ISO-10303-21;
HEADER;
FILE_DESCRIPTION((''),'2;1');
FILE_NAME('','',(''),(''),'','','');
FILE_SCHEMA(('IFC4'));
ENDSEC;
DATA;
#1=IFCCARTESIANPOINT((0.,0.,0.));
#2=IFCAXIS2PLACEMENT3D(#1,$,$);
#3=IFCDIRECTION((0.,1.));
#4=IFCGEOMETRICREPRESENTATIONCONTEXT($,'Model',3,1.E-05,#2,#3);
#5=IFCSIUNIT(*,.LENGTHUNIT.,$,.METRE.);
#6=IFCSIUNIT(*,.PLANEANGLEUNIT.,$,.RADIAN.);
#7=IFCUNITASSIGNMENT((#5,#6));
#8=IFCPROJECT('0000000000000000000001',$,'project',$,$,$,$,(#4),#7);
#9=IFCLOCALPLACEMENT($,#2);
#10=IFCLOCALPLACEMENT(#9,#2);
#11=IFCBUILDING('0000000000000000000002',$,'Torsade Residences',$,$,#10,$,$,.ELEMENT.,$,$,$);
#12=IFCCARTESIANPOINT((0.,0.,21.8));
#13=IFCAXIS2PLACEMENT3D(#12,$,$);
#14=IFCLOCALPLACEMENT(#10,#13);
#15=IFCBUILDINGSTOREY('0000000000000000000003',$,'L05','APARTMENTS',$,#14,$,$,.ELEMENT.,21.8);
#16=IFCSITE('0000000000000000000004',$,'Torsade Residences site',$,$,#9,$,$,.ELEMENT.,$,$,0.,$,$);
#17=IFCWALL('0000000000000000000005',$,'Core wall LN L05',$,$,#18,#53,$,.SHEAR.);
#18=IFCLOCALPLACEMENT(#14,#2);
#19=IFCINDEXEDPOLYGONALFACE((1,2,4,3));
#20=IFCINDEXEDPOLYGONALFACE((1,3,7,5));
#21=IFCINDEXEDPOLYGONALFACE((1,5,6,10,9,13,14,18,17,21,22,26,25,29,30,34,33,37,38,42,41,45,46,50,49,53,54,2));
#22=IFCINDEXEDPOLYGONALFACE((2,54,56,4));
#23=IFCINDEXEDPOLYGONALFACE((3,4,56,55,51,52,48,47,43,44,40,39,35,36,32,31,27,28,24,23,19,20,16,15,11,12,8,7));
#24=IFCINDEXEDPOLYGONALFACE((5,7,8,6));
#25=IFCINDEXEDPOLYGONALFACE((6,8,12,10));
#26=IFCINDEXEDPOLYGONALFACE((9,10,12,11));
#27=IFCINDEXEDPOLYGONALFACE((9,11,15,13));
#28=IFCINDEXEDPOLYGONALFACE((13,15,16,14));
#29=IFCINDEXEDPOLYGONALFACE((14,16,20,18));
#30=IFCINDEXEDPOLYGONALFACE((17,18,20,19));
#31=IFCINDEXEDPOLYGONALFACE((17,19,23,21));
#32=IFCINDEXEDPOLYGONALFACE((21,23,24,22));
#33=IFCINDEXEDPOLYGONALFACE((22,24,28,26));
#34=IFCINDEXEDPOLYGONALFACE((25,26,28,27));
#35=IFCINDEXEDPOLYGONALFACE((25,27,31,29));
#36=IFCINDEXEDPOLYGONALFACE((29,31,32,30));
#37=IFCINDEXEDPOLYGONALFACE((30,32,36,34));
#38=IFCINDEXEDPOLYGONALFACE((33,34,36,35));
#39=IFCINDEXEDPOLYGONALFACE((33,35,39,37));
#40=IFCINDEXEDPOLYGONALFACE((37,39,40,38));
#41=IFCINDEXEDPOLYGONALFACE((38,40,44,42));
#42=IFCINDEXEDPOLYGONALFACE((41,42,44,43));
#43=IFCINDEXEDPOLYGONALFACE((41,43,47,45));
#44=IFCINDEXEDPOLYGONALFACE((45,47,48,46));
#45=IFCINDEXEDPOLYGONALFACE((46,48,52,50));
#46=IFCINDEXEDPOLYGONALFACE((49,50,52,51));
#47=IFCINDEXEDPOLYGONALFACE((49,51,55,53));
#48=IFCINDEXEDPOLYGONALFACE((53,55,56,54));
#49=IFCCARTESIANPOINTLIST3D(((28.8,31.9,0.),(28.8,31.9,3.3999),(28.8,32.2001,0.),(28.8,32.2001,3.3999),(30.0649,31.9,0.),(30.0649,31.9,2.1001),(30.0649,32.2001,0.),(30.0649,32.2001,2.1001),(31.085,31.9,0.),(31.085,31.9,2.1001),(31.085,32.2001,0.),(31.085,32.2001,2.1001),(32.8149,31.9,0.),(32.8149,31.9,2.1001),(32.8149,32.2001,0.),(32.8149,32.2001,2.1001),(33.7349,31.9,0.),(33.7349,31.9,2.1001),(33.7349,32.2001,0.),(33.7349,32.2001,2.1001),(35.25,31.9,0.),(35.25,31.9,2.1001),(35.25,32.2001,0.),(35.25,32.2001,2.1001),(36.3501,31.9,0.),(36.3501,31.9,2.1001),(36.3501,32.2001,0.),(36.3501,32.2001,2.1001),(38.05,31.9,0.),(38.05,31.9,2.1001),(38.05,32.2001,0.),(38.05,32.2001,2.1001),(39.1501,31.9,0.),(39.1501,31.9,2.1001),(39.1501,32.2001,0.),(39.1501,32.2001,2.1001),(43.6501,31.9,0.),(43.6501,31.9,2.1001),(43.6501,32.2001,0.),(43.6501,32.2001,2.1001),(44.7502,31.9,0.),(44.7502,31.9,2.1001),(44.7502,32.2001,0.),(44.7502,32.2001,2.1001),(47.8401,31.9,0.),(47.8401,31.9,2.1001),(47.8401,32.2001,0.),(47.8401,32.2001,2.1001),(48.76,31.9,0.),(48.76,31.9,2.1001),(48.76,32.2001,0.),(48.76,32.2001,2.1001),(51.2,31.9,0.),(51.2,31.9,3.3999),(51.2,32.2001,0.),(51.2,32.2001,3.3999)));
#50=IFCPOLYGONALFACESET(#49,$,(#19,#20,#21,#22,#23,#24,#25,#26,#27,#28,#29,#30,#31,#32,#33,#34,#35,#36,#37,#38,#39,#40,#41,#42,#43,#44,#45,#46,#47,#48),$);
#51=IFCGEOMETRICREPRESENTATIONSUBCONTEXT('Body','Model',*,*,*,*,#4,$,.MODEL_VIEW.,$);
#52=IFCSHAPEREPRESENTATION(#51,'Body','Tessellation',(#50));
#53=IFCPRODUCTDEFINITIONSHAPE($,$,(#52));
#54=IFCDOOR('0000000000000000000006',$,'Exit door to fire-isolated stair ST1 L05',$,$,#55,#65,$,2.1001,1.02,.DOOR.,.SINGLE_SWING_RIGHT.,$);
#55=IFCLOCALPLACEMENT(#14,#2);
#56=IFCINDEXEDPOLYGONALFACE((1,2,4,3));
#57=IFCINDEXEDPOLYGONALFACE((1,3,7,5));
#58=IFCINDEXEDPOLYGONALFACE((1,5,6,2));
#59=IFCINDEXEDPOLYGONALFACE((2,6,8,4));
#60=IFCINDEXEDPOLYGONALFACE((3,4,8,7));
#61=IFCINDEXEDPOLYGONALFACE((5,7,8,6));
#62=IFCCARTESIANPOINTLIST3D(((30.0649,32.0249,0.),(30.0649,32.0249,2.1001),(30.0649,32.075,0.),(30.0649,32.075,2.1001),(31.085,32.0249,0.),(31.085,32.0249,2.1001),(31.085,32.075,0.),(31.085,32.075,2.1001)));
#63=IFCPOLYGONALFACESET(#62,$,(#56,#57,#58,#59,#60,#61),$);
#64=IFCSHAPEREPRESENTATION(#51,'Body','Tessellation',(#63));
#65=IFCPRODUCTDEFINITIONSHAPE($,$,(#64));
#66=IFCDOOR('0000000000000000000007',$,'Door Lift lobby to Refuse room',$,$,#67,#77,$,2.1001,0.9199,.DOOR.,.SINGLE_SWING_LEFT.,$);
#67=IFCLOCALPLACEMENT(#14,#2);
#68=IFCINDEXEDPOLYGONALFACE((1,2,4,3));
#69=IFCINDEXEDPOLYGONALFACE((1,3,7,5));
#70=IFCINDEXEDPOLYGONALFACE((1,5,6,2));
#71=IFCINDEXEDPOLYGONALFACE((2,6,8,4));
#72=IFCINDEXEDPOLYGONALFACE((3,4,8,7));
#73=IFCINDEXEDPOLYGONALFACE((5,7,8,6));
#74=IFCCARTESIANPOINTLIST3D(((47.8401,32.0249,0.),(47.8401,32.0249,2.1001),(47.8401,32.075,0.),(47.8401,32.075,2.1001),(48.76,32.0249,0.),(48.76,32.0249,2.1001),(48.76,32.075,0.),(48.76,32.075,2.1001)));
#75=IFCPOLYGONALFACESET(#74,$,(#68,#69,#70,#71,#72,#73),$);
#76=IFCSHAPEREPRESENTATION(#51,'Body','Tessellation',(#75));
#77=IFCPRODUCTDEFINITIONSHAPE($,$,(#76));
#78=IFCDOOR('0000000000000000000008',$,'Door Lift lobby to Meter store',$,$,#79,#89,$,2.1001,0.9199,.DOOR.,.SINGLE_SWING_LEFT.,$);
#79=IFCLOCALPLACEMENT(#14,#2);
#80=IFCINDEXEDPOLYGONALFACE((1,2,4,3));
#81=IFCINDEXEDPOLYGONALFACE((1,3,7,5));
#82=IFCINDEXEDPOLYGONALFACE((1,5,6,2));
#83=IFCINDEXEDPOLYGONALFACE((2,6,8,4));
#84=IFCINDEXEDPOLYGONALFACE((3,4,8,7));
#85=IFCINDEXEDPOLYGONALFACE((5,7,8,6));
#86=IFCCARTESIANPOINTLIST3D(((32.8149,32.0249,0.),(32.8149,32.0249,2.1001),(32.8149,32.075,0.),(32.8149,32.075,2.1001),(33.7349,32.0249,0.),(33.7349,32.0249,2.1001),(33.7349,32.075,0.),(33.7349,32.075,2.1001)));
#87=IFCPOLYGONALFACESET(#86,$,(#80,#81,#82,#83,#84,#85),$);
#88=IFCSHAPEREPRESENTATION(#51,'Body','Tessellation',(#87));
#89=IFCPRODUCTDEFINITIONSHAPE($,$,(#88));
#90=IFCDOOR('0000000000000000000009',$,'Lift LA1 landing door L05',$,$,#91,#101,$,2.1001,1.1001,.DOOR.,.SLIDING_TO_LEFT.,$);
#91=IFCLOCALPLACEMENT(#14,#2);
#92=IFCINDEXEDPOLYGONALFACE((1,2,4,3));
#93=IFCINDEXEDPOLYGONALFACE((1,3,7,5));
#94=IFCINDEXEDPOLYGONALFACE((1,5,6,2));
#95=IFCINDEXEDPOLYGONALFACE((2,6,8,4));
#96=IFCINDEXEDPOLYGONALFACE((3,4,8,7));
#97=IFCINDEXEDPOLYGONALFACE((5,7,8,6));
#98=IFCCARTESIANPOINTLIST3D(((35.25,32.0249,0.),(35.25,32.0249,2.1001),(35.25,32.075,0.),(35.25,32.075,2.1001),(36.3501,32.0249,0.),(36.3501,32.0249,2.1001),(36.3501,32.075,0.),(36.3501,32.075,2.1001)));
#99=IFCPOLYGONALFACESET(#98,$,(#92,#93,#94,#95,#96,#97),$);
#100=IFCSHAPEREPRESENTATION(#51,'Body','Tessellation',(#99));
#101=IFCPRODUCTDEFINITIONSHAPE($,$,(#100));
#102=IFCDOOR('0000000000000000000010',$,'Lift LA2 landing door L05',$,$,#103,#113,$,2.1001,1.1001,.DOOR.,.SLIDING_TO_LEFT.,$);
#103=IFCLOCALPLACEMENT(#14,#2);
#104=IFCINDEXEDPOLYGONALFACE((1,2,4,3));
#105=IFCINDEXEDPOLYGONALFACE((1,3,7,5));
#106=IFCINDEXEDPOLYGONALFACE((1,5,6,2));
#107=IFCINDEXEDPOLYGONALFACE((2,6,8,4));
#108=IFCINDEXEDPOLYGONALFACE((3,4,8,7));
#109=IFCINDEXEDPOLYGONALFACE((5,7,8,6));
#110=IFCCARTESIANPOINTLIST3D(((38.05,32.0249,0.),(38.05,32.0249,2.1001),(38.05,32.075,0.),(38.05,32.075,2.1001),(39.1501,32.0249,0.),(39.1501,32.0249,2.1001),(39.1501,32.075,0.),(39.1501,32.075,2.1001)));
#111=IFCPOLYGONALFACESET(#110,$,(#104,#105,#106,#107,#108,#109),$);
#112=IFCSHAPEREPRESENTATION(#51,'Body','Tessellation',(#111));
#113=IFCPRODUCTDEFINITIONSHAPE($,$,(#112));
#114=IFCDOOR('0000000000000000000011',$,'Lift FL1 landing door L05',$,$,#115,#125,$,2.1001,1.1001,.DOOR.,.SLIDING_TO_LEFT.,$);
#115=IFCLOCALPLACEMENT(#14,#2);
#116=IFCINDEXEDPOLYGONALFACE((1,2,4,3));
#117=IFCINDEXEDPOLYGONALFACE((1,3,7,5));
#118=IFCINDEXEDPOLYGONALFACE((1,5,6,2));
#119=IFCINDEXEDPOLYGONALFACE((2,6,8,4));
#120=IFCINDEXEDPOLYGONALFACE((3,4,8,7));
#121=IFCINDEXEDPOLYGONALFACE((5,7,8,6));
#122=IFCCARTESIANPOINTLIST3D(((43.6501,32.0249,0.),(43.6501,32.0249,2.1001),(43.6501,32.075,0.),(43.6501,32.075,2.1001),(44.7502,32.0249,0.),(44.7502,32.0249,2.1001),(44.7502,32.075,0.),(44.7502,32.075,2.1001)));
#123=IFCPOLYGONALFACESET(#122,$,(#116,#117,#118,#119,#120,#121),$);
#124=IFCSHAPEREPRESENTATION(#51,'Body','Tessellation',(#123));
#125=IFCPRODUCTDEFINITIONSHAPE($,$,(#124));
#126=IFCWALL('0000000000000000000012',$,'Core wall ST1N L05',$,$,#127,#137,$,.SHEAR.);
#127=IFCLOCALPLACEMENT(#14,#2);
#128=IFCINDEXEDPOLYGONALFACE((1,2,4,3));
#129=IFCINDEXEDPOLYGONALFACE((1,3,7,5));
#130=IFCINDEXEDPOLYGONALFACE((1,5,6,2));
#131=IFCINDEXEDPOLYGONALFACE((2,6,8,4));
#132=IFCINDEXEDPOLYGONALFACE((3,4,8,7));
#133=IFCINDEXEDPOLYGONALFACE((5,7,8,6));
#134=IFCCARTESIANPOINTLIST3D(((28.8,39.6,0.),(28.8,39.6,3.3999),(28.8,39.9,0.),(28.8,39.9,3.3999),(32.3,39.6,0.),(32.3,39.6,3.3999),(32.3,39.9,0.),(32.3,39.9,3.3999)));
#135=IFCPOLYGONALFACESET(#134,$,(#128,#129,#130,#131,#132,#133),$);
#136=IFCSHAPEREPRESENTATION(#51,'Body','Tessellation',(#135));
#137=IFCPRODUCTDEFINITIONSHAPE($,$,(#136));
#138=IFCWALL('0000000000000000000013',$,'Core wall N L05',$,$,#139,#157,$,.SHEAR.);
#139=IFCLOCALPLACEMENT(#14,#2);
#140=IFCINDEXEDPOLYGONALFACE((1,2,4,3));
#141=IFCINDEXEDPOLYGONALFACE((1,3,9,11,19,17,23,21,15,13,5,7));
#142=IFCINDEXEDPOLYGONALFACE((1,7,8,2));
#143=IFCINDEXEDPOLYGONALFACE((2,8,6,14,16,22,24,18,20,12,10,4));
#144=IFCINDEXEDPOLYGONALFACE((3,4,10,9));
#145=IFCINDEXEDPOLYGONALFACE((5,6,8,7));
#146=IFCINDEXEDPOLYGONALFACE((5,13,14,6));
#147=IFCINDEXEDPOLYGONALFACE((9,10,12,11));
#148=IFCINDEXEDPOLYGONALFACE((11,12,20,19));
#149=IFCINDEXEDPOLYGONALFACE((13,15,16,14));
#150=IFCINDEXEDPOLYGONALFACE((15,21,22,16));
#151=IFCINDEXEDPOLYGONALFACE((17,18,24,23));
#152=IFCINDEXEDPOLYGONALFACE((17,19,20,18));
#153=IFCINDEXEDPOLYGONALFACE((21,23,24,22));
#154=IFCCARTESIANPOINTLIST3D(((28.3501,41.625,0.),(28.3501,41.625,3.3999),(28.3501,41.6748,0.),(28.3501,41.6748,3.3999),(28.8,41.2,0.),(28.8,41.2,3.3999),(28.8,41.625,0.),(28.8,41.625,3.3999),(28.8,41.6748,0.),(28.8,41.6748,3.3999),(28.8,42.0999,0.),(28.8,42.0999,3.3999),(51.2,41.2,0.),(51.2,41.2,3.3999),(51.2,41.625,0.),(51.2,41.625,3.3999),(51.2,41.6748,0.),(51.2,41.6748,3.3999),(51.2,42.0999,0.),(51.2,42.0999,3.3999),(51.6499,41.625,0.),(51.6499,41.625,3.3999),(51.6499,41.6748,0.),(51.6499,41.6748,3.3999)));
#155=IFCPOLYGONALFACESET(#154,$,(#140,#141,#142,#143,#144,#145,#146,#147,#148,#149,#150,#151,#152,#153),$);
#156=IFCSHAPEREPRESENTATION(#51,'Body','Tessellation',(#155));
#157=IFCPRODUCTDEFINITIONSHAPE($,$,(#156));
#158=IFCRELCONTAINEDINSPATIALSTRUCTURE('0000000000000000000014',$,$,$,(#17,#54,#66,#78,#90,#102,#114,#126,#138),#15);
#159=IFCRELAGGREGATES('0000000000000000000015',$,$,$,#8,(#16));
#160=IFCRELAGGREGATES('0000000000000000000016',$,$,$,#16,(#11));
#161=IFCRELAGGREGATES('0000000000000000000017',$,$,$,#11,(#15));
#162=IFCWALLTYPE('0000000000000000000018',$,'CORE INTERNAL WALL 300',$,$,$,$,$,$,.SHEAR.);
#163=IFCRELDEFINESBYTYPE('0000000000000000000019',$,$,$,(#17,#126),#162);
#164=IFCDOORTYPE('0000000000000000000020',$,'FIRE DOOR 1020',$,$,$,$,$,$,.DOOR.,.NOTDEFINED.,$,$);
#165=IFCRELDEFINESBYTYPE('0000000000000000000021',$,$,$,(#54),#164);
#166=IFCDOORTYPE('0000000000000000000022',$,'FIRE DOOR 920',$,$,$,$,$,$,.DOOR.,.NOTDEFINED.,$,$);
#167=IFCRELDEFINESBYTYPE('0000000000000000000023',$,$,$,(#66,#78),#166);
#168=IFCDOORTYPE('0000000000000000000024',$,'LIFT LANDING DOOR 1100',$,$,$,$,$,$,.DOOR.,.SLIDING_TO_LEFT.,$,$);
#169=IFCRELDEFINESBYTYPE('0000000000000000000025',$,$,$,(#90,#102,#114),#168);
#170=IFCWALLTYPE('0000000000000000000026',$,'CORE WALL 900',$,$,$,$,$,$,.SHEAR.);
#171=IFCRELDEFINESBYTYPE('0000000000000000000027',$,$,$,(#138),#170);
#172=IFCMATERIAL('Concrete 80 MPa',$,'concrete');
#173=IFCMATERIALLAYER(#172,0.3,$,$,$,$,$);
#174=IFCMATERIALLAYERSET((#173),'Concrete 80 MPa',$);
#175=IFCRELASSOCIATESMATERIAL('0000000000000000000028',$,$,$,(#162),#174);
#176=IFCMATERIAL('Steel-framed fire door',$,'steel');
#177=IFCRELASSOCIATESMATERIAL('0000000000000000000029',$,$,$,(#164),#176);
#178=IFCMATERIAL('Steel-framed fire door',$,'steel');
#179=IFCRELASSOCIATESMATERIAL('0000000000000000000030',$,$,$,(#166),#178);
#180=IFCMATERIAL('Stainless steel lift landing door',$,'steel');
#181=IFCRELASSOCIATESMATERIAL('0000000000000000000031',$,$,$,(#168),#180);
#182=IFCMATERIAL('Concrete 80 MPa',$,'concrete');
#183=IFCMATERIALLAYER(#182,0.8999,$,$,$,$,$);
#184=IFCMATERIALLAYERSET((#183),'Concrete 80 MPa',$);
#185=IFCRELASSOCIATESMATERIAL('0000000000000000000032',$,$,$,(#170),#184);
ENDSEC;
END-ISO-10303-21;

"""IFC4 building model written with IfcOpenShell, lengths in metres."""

from ifc_helpers import new_model, si_unit, direction, frame, frame_2d, origin, place, context, subcontext, project, spatial, polyline, rectangle, outline, extrude, material, layer, layer_set, type_object, element, fill, save


model = new_model("IFC4")

# Units and contexts
model_context = context("Model", 3, precision=1e-05, world=origin(), true_north=direction((0.0, 1.0)))
body_context = subcontext(model_context, "Body", "Model", "MODEL_VIEW")
ifc_project = project(units=[si_unit("LENGTHUNIT", "METRE"), si_unit("PLANEANGLEUNIT", "RADIAN")], contexts=[model_context])

# Site, building, storey
site_placement = place(None, origin())
site = spatial("IfcSite", under=ifc_project, at=site_placement, Name="Torsade Residences site", CompositionType="ELEMENT", RefElevation=0.0)
building_placement = place(site_placement, origin())
building = spatial("IfcBuilding", under=site, at=building_placement, Name="Torsade Residences", CompositionType="ELEMENT")
storey_placement = place(building_placement, frame((0.0, 0.0, 21.8)))
storey = spatial("IfcBuildingStorey", under=building, at=storey_placement, Name="L05", Description="APARTMENTS", CompositionType="ELEMENT", Elevation=21.8)

# Wall, openings, doors
ifc_material_1 = material(Name="Concrete 80 MPa", Category="concrete")
ifc_layer_1 = layer(ifc_material_1, 0.3)
ifc_layer_set_1 = layer_set([ifc_layer_1], Name="Concrete 80 MPa")
wall_type_1 = type_object("IfcWallType", Name="CORE INTERNAL WALL 300", PredefinedType="SHEAR", material=ifc_layer_set_1)
wall_1_placement = place(storey_placement, frame((28.8, 32.05, 0.0), z_axis=(0.0, 0.0, 1.0), x_axis=(1.0, 0.0, 0.0)))
wall_1 = element("IfcWall", 1, at=wall_1_placement, inside=storey, type_object=wall_type_1, Name="Core wall LN L05", PredefinedType="SHEAR", context=body_context, shape_type="SweptSolid", body=[
    extrude(rectangle(XDim=22.3999, YDim=0.3, at=frame_2d((11.2, 0.0))), origin(), (0.0, 0.0, 1.0), 3.3999),
])
opening_1_placement = place(wall_1_placement, frame((19.04, 0.0, 0.0)))
opening_1 = element("IfcOpeningElement", 2, at=opening_1_placement, cuts=wall_1, PredefinedType="OPENING", context=body_context, shape_type="SweptSolid", body=[
    extrude(rectangle(XDim=0.9199, YDim=2.1001, at=frame_2d((0.46, 1.05))), frame((0.0, 0.1599, 0.0), z_axis=(0.0, -1.0, 0.0), x_axis=(1.0, 0.0, 0.0)), (0.0, 0.0, 1.0), 0.3201),
])
opening_2_placement = place(wall_1_placement, frame((1.2649, 0.0, 0.0)))
opening_2 = element("IfcOpeningElement", 3, at=opening_2_placement, cuts=wall_1, PredefinedType="OPENING", context=body_context, shape_type="SweptSolid", body=[
    extrude(rectangle(XDim=1.02, YDim=2.1001, at=frame_2d((0.51, 1.05))), frame((0.0, 0.1599, 0.0), z_axis=(0.0, -1.0, 0.0), x_axis=(1.0, 0.0, 0.0)), (0.0, 0.0, 1.0), 0.3201),
])
opening_3_placement = place(wall_1_placement, frame((4.0149, 0.0, 0.0)))
opening_3 = element("IfcOpeningElement", 4, at=opening_3_placement, cuts=wall_1, PredefinedType="OPENING", context=body_context, shape_type="SweptSolid", body=[
    extrude(rectangle(XDim=0.9199, YDim=2.1001, at=frame_2d((0.46, 1.05))), frame((0.0, 0.1599, 0.0), z_axis=(0.0, -1.0, 0.0), x_axis=(1.0, 0.0, 0.0)), (0.0, 0.0, 1.0), 0.3201),
])
opening_4_placement = place(wall_1_placement, frame((6.45, 0.0, 0.0)))
opening_4 = element("IfcOpeningElement", 5, at=opening_4_placement, cuts=wall_1, PredefinedType="OPENING", context=body_context, shape_type="SweptSolid", body=[
    extrude(rectangle(XDim=1.1001, YDim=2.1001, at=frame_2d((0.55, 1.05))), frame((0.0, 0.1599, 0.0), z_axis=(0.0, -1.0, 0.0), x_axis=(1.0, 0.0, 0.0)), (0.0, 0.0, 1.0), 0.3201),
])
opening_5_placement = place(wall_1_placement, frame((9.25, 0.0, 0.0)))
opening_5 = element("IfcOpeningElement", 6, at=opening_5_placement, cuts=wall_1, PredefinedType="OPENING", context=body_context, shape_type="SweptSolid", body=[
    extrude(rectangle(XDim=1.1001, YDim=2.1001, at=frame_2d((0.55, 1.05))), frame((0.0, 0.1599, 0.0), z_axis=(0.0, -1.0, 0.0), x_axis=(1.0, 0.0, 0.0)), (0.0, 0.0, 1.0), 0.3201),
])
opening_6_placement = place(wall_1_placement, frame((14.8501, 0.0, 0.0)))
opening_6 = element("IfcOpeningElement", 7, at=opening_6_placement, cuts=wall_1, PredefinedType="OPENING", context=body_context, shape_type="SweptSolid", body=[
    extrude(rectangle(XDim=1.1001, YDim=2.1001, at=frame_2d((0.55, 1.05))), frame((0.0, 0.1599, 0.0), z_axis=(0.0, -1.0, 0.0), x_axis=(1.0, 0.0, 0.0)), (0.0, 0.0, 1.0), 0.3201),
])
ifc_material_2 = material(Name="Steel-framed fire door", Category="steel")
door_type_1 = type_object("IfcDoorType", Name="FIRE DOOR 1020", OperationType="NOTDEFINED", PredefinedType="DOOR", material=ifc_material_2)
door_1_placement = place(opening_2_placement, origin())
door_1 = element("IfcDoor", 8, at=door_1_placement, inside=storey, type_object=door_type_1, Name="Exit door to fire-isolated stair ST1 L05", OperationType="SINGLE_SWING_RIGHT", OverallHeight=2.1001, OverallWidth=1.02, PredefinedType="DOOR", context=body_context, shape_type="SweptSolid", body=[
    extrude(rectangle(XDim=1.02, YDim=2.1001, at=frame_2d((0.51, 1.05))), frame((0.0, 0.0249, 0.0), z_axis=(0.0, -1.0, 0.0), x_axis=(1.0, 0.0, 0.0)), (0.0, 0.0, 1.0), 0.05),
])
fill(opening_2, door_1)
ifc_material_3 = material(Name="Steel-framed fire door", Category="steel")
door_type_2 = type_object("IfcDoorType", Name="FIRE DOOR 920", OperationType="NOTDEFINED", PredefinedType="DOOR", material=ifc_material_3)
door_2_placement = place(opening_1_placement, origin())
door_2 = element("IfcDoor", 9, at=door_2_placement, inside=storey, type_object=door_type_2, Name="Door Lift lobby to Refuse room", OperationType="SINGLE_SWING_LEFT", OverallHeight=2.1001, OverallWidth=0.9199, PredefinedType="DOOR", context=body_context, shape_type="SweptSolid", body=[
    extrude(rectangle(XDim=0.9199, YDim=2.1001, at=frame_2d((0.46, 1.05))), frame((0.0, 0.0249, 0.0), z_axis=(0.0, -1.0, 0.0), x_axis=(1.0, 0.0, 0.0)), (0.0, 0.0, 1.0), 0.05),
])
fill(opening_1, door_2)
door_3_placement = place(opening_3_placement, origin())
door_3 = element("IfcDoor", 10, at=door_3_placement, inside=storey, type_object=door_type_2, Name="Door Lift lobby to Meter store", OperationType="SINGLE_SWING_LEFT", OverallHeight=2.1001, OverallWidth=0.9199, PredefinedType="DOOR", context=body_context, shape_type="SweptSolid", body=[
    extrude(rectangle(XDim=0.9199, YDim=2.1001, at=frame_2d((0.46, 1.05))), frame((0.0, 0.0249, 0.0), z_axis=(0.0, -1.0, 0.0), x_axis=(1.0, 0.0, 0.0)), (0.0, 0.0, 1.0), 0.05),
])
fill(opening_3, door_3)
ifc_material_4 = material(Name="Stainless steel lift landing door", Category="steel")
door_type_3 = type_object("IfcDoorType", Name="LIFT LANDING DOOR 1100", OperationType="SLIDING_TO_LEFT", PredefinedType="DOOR", material=ifc_material_4)
door_4_placement = place(opening_4_placement, origin())
door_4 = element("IfcDoor", 11, at=door_4_placement, inside=storey, type_object=door_type_3, Name="Lift LA1 landing door L05", OperationType="SLIDING_TO_LEFT", OverallHeight=2.1001, OverallWidth=1.1001, PredefinedType="DOOR", context=body_context, shape_type="SweptSolid", body=[
    extrude(rectangle(XDim=1.1001, YDim=2.1001, at=frame_2d((0.55, 1.05))), frame((0.0, 0.0249, 0.0), z_axis=(0.0, -1.0, 0.0), x_axis=(1.0, 0.0, 0.0)), (0.0, 0.0, 1.0), 0.05),
])
fill(opening_4, door_4)
door_5_placement = place(opening_5_placement, origin())
door_5 = element("IfcDoor", 12, at=door_5_placement, inside=storey, type_object=door_type_3, Name="Lift LA2 landing door L05", OperationType="SLIDING_TO_LEFT", OverallHeight=2.1001, OverallWidth=1.1001, PredefinedType="DOOR", context=body_context, shape_type="SweptSolid", body=[
    extrude(rectangle(XDim=1.1001, YDim=2.1001, at=frame_2d((0.55, 1.05))), frame((0.0, 0.0249, 0.0), z_axis=(0.0, -1.0, 0.0), x_axis=(1.0, 0.0, 0.0)), (0.0, 0.0, 1.0), 0.05),
])
fill(opening_5, door_5)
door_6_placement = place(opening_6_placement, origin())
door_6 = element("IfcDoor", 13, at=door_6_placement, inside=storey, type_object=door_type_3, Name="Lift FL1 landing door L05", OperationType="SLIDING_TO_LEFT", OverallHeight=2.1001, OverallWidth=1.1001, PredefinedType="DOOR", context=body_context, shape_type="SweptSolid", body=[
    extrude(rectangle(XDim=1.1001, YDim=2.1001, at=frame_2d((0.55, 1.05))), frame((0.0, 0.0249, 0.0), z_axis=(0.0, -1.0, 0.0), x_axis=(1.0, 0.0, 0.0)), (0.0, 0.0, 1.0), 0.05),
])
fill(opening_6, door_6)

# Walls
wall_2_placement = place(storey_placement, frame((28.8, 39.75, 0.0), z_axis=(0.0, 0.0, 1.0), x_axis=(1.0, 0.0, 0.0)))
element("IfcWall", 14, at=wall_2_placement, inside=storey, type_object=wall_type_1, Name="Core wall ST1N L05", PredefinedType="SHEAR", context=body_context, shape_type="SweptSolid", body=[
    extrude(rectangle(XDim=3.5, YDim=0.3, at=frame_2d((1.75, 0.0))), origin(), (0.0, 0.0, 1.0), 3.3999),
])
ifc_material_5 = material(Name="Concrete 80 MPa", Category="concrete")
ifc_layer_2 = layer(ifc_material_5, 0.8999)
ifc_layer_set_2 = layer_set([ifc_layer_2], Name="Concrete 80 MPa")
wall_type_2 = type_object("IfcWallType", Name="CORE WALL 900", PredefinedType="SHEAR", material=ifc_layer_set_2)
wall_3_placement = place(storey_placement, frame((28.8, 41.6499, 0.0), z_axis=(0.0, 0.0, 1.0), x_axis=(1.0, 0.0, 0.0)))
element("IfcWall", 15, at=wall_3_placement, inside=storey, type_object=wall_type_2, Name="Core wall N L05", PredefinedType="SHEAR", context=body_context, shape_type="SweptSolid", body=[
    extrude(outline(polyline([(0.0, -0.45), (22.3999, -0.45), (22.3999, -0.0249), (22.8499, -0.0249), (22.8499, 0.0249), (22.3999, 0.0249), (22.3999, 0.45), (0.0, 0.45), (0.0, 0.0249), (-0.45, 0.0249), (-0.45, -0.0249), (0.0, -0.0249), (0.0, -0.45)])), origin(), (0.0, 0.0, 1.0), 3.3999),
])

save(model, "model.ifc")
